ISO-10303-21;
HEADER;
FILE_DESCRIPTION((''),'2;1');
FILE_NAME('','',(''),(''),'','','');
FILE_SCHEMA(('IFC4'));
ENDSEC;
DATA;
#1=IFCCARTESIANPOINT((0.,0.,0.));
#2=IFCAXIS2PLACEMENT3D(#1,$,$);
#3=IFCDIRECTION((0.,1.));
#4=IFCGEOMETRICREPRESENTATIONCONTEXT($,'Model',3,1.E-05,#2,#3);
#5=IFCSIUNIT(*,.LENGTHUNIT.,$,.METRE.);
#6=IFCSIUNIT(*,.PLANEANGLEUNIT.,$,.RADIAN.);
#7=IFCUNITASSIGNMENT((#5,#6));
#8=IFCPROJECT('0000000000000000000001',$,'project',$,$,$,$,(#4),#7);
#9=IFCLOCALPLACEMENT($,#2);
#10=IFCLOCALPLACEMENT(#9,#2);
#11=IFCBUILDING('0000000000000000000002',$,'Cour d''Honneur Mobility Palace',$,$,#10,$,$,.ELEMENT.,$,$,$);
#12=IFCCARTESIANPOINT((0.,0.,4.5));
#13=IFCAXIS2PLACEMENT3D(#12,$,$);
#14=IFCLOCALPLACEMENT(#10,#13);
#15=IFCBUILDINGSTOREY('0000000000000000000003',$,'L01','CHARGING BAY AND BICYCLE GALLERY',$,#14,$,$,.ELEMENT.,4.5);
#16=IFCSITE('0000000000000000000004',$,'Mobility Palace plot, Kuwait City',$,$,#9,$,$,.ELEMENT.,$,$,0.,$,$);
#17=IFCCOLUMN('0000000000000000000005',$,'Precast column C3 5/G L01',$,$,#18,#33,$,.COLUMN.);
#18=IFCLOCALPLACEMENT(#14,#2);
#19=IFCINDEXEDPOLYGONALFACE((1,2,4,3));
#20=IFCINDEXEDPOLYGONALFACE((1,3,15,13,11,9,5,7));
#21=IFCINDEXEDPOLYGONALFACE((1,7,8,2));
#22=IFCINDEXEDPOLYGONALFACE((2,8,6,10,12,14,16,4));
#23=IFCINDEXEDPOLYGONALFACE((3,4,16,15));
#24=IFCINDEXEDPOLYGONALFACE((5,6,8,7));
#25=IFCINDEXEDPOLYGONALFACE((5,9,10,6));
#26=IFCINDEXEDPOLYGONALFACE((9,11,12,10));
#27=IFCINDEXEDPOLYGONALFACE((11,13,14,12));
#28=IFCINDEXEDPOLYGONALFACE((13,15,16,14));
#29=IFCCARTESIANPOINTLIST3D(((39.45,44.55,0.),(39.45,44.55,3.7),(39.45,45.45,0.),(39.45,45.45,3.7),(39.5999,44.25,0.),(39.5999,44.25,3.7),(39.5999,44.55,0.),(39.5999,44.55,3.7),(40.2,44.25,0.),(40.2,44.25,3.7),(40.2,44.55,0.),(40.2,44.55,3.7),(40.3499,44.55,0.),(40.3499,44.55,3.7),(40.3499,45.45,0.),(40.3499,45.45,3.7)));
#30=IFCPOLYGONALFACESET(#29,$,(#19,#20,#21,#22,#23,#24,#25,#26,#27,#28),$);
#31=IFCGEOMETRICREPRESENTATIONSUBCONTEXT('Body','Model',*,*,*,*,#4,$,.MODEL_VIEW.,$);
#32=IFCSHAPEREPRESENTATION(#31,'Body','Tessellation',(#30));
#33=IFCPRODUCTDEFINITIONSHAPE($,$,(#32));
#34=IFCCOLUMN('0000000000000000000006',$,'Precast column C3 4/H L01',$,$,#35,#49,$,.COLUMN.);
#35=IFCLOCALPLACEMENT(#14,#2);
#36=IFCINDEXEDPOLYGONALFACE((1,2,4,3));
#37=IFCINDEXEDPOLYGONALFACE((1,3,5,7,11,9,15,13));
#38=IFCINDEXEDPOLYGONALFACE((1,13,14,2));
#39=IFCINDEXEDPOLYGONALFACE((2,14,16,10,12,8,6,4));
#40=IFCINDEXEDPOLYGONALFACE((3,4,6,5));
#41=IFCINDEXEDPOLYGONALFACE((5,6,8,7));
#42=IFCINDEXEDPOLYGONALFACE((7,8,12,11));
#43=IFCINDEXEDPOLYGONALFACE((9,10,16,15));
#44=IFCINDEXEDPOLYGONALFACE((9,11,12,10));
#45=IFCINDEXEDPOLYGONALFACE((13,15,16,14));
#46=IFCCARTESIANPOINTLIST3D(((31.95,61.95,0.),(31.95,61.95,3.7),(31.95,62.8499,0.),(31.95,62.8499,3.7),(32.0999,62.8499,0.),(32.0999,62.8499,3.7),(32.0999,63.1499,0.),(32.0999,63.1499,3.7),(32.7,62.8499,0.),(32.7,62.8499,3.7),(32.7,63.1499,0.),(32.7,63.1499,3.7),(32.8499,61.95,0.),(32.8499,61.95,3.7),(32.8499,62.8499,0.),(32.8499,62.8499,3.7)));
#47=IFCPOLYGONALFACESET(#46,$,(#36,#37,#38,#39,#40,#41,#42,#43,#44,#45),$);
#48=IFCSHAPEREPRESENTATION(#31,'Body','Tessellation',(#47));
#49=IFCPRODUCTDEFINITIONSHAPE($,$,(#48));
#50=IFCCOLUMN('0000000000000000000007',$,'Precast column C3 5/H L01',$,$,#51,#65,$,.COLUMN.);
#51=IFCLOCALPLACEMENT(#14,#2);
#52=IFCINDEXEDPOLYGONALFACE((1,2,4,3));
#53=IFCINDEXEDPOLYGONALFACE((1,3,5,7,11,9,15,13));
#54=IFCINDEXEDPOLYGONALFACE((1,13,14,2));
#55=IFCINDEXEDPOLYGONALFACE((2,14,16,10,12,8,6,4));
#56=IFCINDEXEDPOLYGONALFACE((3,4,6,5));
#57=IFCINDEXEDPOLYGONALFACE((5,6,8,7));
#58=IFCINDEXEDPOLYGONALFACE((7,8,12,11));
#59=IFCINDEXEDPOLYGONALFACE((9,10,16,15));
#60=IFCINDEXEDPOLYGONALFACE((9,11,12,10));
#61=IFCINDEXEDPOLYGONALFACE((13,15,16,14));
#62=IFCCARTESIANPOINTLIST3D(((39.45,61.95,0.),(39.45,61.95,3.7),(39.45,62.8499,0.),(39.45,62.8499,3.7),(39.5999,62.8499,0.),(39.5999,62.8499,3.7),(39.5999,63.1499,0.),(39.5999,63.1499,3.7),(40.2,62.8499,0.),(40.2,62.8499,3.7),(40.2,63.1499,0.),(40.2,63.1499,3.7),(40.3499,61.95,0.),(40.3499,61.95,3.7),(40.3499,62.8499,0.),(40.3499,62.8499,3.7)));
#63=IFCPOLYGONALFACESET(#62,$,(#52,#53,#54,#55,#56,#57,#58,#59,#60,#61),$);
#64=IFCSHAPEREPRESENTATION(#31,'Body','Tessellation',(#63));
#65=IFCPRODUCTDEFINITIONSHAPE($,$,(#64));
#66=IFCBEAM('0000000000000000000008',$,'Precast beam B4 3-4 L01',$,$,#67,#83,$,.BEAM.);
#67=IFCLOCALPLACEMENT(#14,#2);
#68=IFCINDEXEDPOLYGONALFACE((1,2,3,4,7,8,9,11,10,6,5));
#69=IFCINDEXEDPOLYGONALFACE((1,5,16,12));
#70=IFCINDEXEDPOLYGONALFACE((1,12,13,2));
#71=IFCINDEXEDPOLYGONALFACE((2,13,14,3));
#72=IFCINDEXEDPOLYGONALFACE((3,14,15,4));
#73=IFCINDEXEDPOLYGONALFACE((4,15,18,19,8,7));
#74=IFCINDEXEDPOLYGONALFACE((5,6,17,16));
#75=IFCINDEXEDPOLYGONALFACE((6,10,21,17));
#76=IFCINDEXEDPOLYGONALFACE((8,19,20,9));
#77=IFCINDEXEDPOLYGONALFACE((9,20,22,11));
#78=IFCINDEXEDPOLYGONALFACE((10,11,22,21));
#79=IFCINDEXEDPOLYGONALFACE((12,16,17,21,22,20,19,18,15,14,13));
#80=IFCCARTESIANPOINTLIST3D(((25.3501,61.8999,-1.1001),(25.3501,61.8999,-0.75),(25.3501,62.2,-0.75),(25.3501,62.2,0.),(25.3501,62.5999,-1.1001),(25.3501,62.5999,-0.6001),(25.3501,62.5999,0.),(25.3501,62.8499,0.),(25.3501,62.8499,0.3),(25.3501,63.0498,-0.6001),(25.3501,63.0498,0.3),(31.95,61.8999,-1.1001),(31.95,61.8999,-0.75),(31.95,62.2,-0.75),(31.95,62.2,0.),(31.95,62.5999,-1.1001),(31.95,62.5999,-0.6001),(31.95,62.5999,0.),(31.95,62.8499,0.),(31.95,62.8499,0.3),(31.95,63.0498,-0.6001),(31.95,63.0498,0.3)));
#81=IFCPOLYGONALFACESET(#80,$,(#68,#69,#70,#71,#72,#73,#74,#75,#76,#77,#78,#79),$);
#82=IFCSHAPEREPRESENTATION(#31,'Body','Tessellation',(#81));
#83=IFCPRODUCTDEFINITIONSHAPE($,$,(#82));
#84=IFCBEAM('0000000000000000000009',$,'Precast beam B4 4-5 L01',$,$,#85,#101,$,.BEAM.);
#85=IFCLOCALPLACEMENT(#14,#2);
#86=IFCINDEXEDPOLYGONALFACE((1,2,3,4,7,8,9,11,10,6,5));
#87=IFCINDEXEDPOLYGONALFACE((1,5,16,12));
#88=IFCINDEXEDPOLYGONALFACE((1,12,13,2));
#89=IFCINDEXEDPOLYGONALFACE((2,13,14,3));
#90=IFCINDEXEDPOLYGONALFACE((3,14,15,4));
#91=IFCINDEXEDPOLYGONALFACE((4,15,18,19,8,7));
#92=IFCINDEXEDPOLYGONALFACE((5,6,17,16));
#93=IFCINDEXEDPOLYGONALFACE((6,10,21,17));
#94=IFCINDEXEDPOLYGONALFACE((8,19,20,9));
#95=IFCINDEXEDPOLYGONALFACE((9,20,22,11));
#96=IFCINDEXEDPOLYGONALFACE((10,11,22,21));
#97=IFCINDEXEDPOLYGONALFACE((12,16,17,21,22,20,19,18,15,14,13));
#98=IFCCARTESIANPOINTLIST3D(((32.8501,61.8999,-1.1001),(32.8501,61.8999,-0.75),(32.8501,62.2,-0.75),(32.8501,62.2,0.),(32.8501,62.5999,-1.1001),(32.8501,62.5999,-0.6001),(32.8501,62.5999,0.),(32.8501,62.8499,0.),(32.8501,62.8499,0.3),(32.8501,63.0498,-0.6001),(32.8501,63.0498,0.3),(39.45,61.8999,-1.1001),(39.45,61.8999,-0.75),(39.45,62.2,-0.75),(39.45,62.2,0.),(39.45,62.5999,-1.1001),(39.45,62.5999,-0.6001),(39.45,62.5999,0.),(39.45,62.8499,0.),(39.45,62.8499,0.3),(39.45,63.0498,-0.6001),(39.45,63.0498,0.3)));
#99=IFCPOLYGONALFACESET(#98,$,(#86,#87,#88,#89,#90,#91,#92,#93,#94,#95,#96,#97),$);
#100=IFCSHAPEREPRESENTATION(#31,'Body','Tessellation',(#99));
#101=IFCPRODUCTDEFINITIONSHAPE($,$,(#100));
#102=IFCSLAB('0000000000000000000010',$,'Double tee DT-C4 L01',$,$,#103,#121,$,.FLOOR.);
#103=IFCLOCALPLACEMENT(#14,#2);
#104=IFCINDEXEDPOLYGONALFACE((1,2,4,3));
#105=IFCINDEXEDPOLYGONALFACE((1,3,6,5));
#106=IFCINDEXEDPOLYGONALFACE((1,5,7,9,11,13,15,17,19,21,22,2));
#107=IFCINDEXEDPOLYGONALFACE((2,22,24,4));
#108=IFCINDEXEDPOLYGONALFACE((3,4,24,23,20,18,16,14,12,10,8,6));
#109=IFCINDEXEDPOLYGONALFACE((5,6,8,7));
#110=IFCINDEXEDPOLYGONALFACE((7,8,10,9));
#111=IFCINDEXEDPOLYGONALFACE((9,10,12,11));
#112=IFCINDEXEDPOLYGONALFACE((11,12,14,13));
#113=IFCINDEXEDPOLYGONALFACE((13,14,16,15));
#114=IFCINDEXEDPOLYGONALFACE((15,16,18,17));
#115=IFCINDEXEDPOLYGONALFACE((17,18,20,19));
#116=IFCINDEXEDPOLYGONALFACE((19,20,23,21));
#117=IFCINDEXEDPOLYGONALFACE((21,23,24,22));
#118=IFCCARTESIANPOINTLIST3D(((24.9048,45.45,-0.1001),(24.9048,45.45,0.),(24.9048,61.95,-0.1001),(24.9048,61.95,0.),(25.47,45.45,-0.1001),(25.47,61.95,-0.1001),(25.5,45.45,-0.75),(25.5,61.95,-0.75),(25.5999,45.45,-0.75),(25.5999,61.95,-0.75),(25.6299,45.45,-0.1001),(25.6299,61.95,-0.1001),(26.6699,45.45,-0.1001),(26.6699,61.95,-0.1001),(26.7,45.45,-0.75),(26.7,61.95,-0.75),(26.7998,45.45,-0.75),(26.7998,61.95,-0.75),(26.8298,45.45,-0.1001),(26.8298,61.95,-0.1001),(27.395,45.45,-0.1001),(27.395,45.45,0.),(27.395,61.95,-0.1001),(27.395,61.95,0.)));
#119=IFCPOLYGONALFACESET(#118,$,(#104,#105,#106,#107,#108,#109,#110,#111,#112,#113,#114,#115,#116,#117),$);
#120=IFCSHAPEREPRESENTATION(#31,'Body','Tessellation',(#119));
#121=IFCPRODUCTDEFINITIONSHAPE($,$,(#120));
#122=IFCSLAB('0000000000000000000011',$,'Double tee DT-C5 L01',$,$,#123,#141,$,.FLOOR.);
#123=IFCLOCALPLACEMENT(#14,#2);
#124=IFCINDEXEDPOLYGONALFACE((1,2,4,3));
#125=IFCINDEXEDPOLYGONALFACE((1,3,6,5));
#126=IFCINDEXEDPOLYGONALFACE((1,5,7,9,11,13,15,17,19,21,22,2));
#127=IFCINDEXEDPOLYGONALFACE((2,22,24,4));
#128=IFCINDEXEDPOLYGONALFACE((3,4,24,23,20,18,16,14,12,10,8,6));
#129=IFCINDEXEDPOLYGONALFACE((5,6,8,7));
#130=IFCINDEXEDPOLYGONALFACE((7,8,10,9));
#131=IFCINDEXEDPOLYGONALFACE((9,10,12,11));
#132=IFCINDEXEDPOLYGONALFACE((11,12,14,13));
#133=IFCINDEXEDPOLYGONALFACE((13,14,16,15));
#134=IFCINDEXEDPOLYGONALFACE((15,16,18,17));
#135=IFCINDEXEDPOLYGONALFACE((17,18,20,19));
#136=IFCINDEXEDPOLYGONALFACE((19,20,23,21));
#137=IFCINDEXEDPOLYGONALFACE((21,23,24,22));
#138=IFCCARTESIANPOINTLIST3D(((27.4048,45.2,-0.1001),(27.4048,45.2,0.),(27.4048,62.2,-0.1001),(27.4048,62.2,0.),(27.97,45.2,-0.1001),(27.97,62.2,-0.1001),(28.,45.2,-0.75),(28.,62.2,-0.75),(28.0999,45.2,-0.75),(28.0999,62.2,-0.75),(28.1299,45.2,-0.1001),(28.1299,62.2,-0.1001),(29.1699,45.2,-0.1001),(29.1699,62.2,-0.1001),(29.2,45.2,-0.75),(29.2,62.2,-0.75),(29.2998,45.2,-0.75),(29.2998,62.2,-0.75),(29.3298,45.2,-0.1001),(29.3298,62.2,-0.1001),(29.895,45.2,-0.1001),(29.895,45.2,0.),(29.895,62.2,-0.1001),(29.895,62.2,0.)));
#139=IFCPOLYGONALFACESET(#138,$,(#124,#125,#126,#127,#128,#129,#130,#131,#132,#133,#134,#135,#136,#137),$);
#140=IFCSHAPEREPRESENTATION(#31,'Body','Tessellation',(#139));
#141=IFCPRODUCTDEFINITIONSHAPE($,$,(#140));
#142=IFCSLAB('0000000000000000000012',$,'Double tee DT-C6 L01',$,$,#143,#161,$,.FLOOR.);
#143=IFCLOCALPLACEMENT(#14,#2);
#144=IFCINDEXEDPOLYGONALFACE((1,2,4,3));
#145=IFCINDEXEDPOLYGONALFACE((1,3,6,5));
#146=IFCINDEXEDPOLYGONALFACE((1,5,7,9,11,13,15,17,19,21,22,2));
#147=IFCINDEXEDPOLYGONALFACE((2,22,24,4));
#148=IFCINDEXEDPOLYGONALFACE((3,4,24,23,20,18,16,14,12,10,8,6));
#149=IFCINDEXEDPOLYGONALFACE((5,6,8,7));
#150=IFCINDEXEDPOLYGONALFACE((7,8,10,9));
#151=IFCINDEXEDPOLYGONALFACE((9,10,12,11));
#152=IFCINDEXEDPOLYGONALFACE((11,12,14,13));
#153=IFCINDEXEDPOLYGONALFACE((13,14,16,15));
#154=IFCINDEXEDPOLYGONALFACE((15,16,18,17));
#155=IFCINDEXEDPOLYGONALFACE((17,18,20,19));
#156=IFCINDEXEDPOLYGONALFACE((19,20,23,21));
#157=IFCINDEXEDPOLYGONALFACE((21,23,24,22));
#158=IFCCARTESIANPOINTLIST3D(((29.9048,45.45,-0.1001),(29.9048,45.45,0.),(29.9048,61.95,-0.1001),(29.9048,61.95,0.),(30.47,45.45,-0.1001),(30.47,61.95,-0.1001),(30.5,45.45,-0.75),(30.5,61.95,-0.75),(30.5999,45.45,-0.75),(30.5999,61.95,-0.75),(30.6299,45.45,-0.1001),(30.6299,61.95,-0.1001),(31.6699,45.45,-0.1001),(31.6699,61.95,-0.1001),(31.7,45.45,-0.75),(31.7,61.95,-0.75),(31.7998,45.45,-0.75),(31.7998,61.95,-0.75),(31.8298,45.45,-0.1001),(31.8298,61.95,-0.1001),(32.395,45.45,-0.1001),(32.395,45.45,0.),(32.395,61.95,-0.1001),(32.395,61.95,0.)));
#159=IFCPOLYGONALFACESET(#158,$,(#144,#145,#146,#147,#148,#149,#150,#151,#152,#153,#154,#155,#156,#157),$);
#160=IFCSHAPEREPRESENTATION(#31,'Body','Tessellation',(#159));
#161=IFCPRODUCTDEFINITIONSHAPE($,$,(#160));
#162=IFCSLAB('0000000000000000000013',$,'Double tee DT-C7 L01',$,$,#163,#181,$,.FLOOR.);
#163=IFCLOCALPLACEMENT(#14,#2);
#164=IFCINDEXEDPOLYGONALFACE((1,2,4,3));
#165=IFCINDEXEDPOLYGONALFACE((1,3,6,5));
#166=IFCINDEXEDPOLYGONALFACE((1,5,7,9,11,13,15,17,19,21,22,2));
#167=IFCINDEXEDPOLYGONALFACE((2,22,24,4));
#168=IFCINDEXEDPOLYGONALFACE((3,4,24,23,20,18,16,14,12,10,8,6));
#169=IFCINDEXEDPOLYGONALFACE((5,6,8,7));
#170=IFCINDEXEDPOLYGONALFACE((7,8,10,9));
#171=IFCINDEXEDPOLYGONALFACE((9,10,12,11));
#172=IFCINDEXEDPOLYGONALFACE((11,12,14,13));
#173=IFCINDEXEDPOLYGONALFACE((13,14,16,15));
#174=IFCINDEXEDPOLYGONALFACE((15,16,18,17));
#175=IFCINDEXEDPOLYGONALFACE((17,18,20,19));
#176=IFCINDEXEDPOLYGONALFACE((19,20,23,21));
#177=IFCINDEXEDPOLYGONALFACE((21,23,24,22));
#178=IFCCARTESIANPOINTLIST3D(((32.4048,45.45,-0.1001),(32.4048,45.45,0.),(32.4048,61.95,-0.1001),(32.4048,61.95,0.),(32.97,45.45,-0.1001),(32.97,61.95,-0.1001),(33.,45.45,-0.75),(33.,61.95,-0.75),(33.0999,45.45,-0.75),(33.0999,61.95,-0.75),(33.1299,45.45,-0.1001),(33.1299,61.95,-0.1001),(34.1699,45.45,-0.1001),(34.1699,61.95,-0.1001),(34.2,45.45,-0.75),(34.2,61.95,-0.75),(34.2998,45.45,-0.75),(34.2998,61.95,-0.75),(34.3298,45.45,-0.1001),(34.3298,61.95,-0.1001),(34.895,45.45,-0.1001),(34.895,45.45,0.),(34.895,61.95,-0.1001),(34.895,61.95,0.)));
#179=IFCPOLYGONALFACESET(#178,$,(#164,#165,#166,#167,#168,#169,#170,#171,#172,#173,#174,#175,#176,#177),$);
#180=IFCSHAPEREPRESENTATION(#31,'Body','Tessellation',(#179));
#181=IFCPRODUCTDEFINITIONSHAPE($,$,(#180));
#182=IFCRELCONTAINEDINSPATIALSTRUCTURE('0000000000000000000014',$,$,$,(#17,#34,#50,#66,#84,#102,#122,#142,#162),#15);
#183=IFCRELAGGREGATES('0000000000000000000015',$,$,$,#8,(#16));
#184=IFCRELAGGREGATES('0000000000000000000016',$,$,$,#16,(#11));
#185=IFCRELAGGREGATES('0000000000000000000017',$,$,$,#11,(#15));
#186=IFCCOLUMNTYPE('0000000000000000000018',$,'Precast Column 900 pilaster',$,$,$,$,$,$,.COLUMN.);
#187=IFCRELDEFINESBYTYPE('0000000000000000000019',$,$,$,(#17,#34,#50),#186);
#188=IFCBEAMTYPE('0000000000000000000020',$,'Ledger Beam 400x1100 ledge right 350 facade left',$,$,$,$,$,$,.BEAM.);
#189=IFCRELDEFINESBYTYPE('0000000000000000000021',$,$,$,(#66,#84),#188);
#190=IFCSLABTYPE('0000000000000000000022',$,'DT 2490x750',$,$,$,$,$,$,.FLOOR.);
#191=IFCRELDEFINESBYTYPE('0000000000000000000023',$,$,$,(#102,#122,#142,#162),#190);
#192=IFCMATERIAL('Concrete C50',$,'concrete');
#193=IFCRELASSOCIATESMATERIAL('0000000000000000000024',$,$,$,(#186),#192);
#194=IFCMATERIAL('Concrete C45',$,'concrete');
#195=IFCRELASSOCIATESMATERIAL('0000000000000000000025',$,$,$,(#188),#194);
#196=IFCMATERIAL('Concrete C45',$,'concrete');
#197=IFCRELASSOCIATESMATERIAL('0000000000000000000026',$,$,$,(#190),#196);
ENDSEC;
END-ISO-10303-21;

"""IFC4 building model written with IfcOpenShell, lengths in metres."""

from ifc_helpers import new_model, si_unit, direction, frame, origin, place, context, subcontext, project, spatial, polyline, outline, extrude, material, material_profile, profile_set, type_object, element, save


model = new_model("IFC4")

# Units and contexts
model_context = context("Model", 3, precision=1e-05, world=origin(), true_north=direction((0.0, 1.0)))
body_context = subcontext(model_context, "Body", "Model", "MODEL_VIEW")
ifc_project = project(units=[si_unit("LENGTHUNIT", "METRE"), si_unit("PLANEANGLEUNIT", "RADIAN")], contexts=[model_context])

# Site, building, storey
site_placement = place(None, origin())
site = spatial("IfcSite", under=ifc_project, at=site_placement, Name="Mobility Palace plot, Kuwait City", CompositionType="ELEMENT", RefElevation=0.0)
building_placement = place(site_placement, origin())
building = spatial("IfcBuilding", under=site, at=building_placement, Name="Cour d'Honneur Mobility Palace", CompositionType="ELEMENT")
storey_placement = place(building_placement, frame((0.0, 0.0, 4.5)))
storey = spatial("IfcBuildingStorey", under=building, at=storey_placement, Name="L01", Description="CHARGING BAY AND BICYCLE GALLERY", CompositionType="ELEMENT", Elevation=4.5)

# Columns
ifc_material_1 = material(Name="Concrete C50", Category="concrete")
ifc_material_profile_1 = material_profile(ifc_material_1, outline(polyline([(-0.45, -0.45), (0.45, -0.45), (0.45, -0.3), (0.75, -0.3), (0.75, 0.3), (0.45, 0.3), (0.45, 0.45), (-0.45, 0.45), (-0.45, -0.45)])), Name="PC C900 pilaster")
ifc_profile_set_1 = profile_set([ifc_material_profile_1], Name="Concrete C50")
column_type = type_object("IfcColumnType", Name="Precast Column 900 pilaster", PredefinedType="COLUMN", material=ifc_profile_set_1)
for number, where, z_axis, x_axis, name in (
    (1, (39.8999, 45.0, 0.0), (0.0, 0.0, 1.0), (0.0, -1.0, 0.0), "Precast column C3 5/G L01"),
    (2, (32.3999, 62.3999, 0.0), (0.0, 0.0, 1.0), (0.0, 1.0, 0.0), "Precast column C3 4/H L01"),
    (3, (39.8999, 62.3999, 0.0), (0.0, 0.0, 1.0), (0.0, 1.0, 0.0), "Precast column C3 5/H L01"),
):
    element("IfcColumn", number, at=place(storey_placement, frame(where, z_axis=z_axis, x_axis=x_axis)), inside=storey, type_object=column_type, Name=name, PredefinedType="COLUMN", context=body_context, shape_type="SweptSolid", body=[
        extrude(outline(polyline([(-0.45, -0.45), (0.45, -0.45), (0.45, -0.3), (0.75, -0.3), (0.75, 0.3), (0.45, 0.3), (0.45, 0.45), (-0.45, 0.45), (-0.45, -0.45)])), origin(), (0.0, 0.0, 1.0), 3.7),
    ])

# Beams
ifc_material_2 = material(Name="Concrete C45", Category="concrete")
ifc_material_profile_2 = material_profile(ifc_material_2, outline(polyline([(0.2, -1.1001), (0.2, -0.6001), (0.6499, -0.6001), (0.6499, 0.3), (0.45, 0.3), (0.45, 0.0), (0.2, 0.0), (-0.2, 0.0), (-0.2, -0.75), (-0.5, -0.75), (-0.5, -1.1001), (0.2, -1.1001)])), Name="Ledger Beam 400x1100 ledge right 350 facade left")
ifc_profile_set_2 = profile_set([ifc_material_profile_2], Name="Concrete C45")
beam_type = type_object("IfcBeamType", Name="Ledger Beam 400x1100 ledge right 350 facade left", PredefinedType="BEAM", material=ifc_profile_set_2)
for number, where, z_axis, x_axis, name in (
    (4, (25.3501, 62.3999, 0.0), (1.0, 0.0, 0.0), (0.0, 1.0, 0.0), "Precast beam B4 3-4 L01"),
    (5, (32.8501, 62.3999, 0.0), (1.0, 0.0, 0.0), (0.0, 1.0, 0.0), "Precast beam B4 4-5 L01"),
):
    element("IfcBeam", number, at=place(storey_placement, frame(where, z_axis=z_axis, x_axis=x_axis)), inside=storey, type_object=beam_type, Name=name, PredefinedType="BEAM", context=body_context, shape_type="SweptSolid", body=[
        extrude(outline(polyline([(0.2, -1.1001), (0.2, -0.6001), (0.6499, -0.6001), (0.6499, 0.3), (0.45, 0.3), (0.45, 0.0), (0.2, 0.0), (-0.2, 0.0), (-0.2, -0.75), (-0.5, -0.75), (-0.5, -1.1001), (0.2, -1.1001)])), origin(), (0.0, 0.0, 1.0), 6.5999),
    ])

# Slabs
ifc_material_3 = material(Name="Concrete C45", Category="concrete")
ifc_material_profile_3 = material_profile(ifc_material_3, outline(polyline([(-1.2451, 0.0), (1.2451, 0.0), (1.2451, -0.1001), (0.6799, -0.1001), (0.6499, -0.75), (0.55, -0.75), (0.52, -0.1001), (-0.52, -0.1001), (-0.55, -0.75), (-0.6499, -0.75), (-0.6799, -0.1001), (-1.2451, -0.1001), (-1.2451, 0.0)])), Name="DT 2490x750")
ifc_profile_set_3 = profile_set([ifc_material_profile_3], Name="Concrete C45")
slab_type = type_object("IfcSlabType", Name="DT 2490x750", PredefinedType="FLOOR", material=ifc_profile_set_3)
slab_1_placement = place(storey_placement, frame((26.1499, 45.45, 0.0), z_axis=(0.0, 1.0, 0.0), x_axis=(-1.0, 0.0, 0.0)))
element("IfcSlab", 6, at=slab_1_placement, inside=storey, type_object=slab_type, Name="Double tee DT-C4 L01", PredefinedType="FLOOR", context=body_context, shape_type="SweptSolid", body=[
    extrude(outline(polyline([(-1.2451, 0.0), (1.2451, 0.0), (1.2451, -0.1001), (0.6799, -0.1001), (0.6499, -0.75), (0.55, -0.75), (0.52, -0.1001), (-0.52, -0.1001), (-0.55, -0.75), (-0.6499, -0.75), (-0.6799, -0.1001), (-1.2451, -0.1001), (-1.2451, 0.0)])), origin(), (0.0, 0.0, 1.0), 16.5),
])
slab_2_placement = place(storey_placement, frame((28.6499, 45.2, 0.0), z_axis=(0.0, 1.0, 0.0), x_axis=(-1.0, 0.0, 0.0)))
element("IfcSlab", 7, at=slab_2_placement, inside=storey, type_object=slab_type, Name="Double tee DT-C5 L01", PredefinedType="FLOOR", context=body_context, shape_type="SweptSolid", body=[
    extrude(outline(polyline([(-1.2451, 0.0), (1.2451, 0.0), (1.2451, -0.1001), (0.6799, -0.1001), (0.6499, -0.75), (0.55, -0.75), (0.52, -0.1001), (-0.52, -0.1001), (-0.55, -0.75), (-0.6499, -0.75), (-0.6799, -0.1001), (-1.2451, -0.1001), (-1.2451, 0.0)])), origin(), (0.0, 0.0, 1.0), 17.0),
])
for number, where, z_axis, x_axis, name in (
    (8, (31.1499, 45.45, 0.0), (0.0, 1.0, 0.0), (-1.0, 0.0, 0.0), "Double tee DT-C6 L01"),
    (9, (33.6499, 45.45, 0.0), (0.0, 1.0, 0.0), (-1.0, 0.0, 0.0), "Double tee DT-C7 L01"),
):
    element("IfcSlab", number, at=place(storey_placement, frame(where, z_axis=z_axis, x_axis=x_axis)), inside=storey, type_object=slab_type, Name=name, PredefinedType="FLOOR", context=body_context, shape_type="SweptSolid", body=[
        extrude(outline(polyline([(-1.2451, 0.0), (1.2451, 0.0), (1.2451, -0.1001), (0.6799, -0.1001), (0.6499, -0.75), (0.55, -0.75), (0.52, -0.1001), (-0.52, -0.1001), (-0.55, -0.75), (-0.6499, -0.75), (-0.6799, -0.1001), (-1.2451, -0.1001), (-1.2451, 0.0)])), origin(), (0.0, 0.0, 1.0), 16.5),
    ])

save(model, "model.ifc")
